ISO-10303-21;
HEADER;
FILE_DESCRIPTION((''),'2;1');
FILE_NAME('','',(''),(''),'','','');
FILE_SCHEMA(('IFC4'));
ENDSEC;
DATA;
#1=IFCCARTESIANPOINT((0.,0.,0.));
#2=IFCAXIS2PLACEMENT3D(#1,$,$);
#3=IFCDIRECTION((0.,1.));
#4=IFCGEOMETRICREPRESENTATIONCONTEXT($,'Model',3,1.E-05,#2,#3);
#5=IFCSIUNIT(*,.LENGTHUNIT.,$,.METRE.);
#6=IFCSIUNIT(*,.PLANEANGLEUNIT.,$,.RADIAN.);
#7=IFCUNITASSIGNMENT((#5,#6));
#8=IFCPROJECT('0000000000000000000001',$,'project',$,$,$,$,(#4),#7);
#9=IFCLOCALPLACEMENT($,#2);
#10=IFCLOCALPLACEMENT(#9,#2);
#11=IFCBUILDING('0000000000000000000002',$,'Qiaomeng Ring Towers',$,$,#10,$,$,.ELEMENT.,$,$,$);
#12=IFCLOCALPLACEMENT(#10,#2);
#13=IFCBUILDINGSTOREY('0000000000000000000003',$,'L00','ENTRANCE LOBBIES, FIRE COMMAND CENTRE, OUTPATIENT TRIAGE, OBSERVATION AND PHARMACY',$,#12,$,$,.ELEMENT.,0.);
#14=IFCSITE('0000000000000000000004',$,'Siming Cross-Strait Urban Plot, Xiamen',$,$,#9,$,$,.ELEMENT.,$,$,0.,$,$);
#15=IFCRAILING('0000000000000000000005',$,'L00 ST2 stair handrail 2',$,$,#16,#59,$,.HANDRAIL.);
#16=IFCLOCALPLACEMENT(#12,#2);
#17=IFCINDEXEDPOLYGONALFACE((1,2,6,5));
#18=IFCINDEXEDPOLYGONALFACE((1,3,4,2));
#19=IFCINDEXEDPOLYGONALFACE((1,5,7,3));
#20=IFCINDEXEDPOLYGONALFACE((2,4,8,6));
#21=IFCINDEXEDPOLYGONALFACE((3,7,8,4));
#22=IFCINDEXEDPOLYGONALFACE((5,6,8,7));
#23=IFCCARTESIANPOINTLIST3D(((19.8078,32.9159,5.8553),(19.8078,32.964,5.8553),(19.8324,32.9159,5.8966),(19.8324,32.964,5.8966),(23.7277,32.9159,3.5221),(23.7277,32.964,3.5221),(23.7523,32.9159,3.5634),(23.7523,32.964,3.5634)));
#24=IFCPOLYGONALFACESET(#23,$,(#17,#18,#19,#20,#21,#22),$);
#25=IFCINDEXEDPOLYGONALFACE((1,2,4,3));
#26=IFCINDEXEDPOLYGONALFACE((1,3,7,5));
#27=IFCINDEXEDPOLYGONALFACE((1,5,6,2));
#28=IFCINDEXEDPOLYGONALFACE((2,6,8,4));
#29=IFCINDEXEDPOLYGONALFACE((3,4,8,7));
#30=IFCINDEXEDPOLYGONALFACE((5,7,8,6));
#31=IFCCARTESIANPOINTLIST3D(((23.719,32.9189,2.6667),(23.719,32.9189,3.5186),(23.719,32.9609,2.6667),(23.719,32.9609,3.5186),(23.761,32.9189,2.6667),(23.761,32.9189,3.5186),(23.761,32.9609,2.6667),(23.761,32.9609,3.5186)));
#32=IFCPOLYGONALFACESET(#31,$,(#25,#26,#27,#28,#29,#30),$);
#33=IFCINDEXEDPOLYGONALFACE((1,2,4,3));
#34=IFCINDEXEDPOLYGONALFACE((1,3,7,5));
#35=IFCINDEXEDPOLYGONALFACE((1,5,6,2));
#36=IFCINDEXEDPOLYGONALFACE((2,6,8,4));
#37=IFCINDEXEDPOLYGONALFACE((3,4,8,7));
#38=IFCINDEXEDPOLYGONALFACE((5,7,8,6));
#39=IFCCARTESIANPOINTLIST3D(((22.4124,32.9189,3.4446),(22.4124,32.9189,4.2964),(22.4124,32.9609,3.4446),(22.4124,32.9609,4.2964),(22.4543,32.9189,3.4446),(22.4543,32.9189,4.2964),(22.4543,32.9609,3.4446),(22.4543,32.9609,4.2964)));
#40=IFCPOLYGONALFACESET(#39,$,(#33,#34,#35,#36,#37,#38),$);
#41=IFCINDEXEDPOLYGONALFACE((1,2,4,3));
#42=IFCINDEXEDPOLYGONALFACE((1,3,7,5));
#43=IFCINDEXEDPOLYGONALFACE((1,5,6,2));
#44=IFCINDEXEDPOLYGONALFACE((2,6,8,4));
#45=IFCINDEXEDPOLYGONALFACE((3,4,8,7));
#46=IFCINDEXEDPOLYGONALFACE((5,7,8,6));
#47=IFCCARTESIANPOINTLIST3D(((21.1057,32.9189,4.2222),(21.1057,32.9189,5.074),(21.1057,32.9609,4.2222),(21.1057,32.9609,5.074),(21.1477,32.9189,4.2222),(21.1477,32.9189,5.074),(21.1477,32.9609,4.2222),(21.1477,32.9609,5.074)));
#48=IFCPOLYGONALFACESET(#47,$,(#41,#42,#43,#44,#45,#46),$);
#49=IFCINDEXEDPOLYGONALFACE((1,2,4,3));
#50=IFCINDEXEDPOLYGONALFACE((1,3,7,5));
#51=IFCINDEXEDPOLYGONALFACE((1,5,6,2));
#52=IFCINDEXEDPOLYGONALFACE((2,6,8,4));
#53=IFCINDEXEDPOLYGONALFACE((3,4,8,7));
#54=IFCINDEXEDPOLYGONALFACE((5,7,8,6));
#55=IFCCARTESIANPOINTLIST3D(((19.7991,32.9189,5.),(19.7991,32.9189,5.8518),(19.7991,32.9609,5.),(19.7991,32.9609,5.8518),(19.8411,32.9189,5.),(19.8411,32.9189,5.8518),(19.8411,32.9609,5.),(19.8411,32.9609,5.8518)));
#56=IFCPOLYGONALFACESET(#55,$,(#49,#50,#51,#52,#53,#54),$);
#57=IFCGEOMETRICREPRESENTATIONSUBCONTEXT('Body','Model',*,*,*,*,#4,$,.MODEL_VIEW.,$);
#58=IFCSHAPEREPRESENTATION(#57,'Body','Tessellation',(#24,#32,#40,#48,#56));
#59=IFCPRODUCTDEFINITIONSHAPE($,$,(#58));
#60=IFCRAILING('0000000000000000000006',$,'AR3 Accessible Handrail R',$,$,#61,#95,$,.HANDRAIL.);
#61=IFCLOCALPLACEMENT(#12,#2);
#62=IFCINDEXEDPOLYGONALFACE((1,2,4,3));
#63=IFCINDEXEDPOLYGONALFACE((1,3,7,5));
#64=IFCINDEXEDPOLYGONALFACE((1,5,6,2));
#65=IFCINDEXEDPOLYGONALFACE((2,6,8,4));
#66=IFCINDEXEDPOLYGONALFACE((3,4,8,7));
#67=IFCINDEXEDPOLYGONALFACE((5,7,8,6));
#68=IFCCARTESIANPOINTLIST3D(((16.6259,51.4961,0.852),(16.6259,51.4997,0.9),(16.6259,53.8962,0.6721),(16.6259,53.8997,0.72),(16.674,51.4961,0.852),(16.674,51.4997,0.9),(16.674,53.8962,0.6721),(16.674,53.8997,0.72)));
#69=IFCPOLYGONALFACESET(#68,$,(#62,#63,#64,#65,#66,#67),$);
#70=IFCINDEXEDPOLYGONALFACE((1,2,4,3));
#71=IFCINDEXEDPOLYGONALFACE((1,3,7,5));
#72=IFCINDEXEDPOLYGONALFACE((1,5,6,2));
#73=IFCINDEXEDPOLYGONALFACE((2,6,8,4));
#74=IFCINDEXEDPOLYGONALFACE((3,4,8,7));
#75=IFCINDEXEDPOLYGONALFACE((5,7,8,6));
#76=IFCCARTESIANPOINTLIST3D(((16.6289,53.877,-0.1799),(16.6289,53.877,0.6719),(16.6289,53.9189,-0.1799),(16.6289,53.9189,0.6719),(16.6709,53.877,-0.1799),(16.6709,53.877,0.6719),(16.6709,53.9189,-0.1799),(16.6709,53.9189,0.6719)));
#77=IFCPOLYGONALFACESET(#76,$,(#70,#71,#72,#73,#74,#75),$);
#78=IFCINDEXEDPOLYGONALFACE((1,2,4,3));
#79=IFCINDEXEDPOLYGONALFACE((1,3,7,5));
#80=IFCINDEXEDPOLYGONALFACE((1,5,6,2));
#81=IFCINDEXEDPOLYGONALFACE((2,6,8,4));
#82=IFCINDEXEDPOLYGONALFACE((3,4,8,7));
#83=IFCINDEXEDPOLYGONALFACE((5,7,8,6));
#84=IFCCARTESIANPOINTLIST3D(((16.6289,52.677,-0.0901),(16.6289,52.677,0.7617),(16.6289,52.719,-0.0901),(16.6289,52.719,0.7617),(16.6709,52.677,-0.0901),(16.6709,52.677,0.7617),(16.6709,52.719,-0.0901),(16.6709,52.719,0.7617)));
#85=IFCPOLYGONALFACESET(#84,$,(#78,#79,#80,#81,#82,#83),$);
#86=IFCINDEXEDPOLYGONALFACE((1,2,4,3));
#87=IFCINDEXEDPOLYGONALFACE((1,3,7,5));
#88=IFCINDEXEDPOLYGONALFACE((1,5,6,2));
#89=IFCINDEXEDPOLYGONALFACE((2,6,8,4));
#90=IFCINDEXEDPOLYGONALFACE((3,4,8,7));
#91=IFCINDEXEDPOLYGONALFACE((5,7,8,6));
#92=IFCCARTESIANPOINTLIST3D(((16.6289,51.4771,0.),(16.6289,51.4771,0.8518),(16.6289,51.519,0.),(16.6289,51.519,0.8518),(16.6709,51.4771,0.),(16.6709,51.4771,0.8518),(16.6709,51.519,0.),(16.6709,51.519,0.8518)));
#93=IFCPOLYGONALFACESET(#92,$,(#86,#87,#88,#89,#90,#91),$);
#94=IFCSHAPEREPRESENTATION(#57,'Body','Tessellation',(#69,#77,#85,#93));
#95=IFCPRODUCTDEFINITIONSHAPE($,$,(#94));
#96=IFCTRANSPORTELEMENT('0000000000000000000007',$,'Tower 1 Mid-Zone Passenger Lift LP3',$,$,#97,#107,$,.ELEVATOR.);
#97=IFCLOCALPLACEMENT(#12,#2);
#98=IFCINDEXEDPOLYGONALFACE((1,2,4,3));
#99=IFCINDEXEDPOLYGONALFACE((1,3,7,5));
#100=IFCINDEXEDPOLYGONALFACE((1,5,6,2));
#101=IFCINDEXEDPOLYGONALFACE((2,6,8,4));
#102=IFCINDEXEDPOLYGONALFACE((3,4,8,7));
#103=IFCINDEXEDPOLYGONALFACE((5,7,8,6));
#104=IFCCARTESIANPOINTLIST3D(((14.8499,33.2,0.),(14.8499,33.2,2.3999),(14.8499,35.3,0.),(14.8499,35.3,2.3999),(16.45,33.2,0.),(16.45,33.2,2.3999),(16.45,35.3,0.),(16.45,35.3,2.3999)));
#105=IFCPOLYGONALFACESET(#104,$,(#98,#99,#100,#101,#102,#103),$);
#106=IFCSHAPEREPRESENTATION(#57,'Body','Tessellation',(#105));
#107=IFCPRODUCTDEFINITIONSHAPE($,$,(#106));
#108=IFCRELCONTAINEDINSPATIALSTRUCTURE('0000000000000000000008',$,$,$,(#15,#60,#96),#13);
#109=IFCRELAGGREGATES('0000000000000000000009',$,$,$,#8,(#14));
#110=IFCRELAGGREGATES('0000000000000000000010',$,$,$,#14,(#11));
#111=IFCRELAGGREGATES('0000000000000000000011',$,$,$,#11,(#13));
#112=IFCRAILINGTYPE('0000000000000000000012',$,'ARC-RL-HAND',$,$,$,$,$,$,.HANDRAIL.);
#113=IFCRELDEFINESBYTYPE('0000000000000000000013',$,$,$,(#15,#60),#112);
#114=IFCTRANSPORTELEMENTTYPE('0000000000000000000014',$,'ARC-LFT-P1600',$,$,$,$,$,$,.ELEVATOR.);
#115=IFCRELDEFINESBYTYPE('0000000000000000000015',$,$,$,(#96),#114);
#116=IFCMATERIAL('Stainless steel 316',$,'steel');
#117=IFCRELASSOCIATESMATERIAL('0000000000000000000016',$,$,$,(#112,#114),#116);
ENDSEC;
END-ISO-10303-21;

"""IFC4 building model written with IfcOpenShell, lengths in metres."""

from ifc_helpers import new_model, si_unit, direction, frame, origin, origin_2d, place, context, subcontext, project, spatial, rectangle, extrude, source, transform, mapped, material, type_object, element, save


model = new_model("IFC4")

# Units and contexts
model_context = context("Model", 3, precision=1e-05, world=origin(), true_north=direction((0.0, 1.0)))
body_context = subcontext(model_context, "Body", "Model", "MODEL_VIEW")
ifc_project = project(units=[si_unit("LENGTHUNIT", "METRE"), si_unit("PLANEANGLEUNIT", "RADIAN")], contexts=[model_context])

# Site, building, storey
site_placement = place(None, origin())
site = spatial("IfcSite", under=ifc_project, at=site_placement, Name="Siming Cross-Strait Urban Plot, Xiamen", CompositionType="ELEMENT", RefElevation=0.0)
building_placement = place(site_placement, origin())
building = spatial("IfcBuilding", under=site, at=building_placement, Name="Qiaomeng Ring Towers", CompositionType="ELEMENT")
storey_placement = place(building_placement, origin())
storey = spatial("IfcBuildingStorey", under=building, at=storey_placement, Name="L00", Description="ENTRANCE LOBBIES, FIRE COMMAND CENTRE, OUTPATIENT TRIAGE, OBSERVATION AND PHARMACY", CompositionType="ELEMENT", Elevation=0.0)

# Railings
ifc_material_1 = material(Name="Stainless steel 316", Category="steel")
railing_type = type_object("IfcRailingType", Name="ARC-RL-HAND", PredefinedType="HANDRAIL", material=ifc_material_1)
for number, where, name in (
    (1, (23.74, 32.9399, 2.6667), "L00 ST2 stair handrail 2"),
):
    element("IfcRailing", number, at=place(storey_placement, frame(where)), inside=storey, type_object=railing_type, Name=name, PredefinedType="HANDRAIL", context=body_context, shape_type="SweptSolid", body=[
        extrude(rectangle(XDim=0.0481, YDim=0.0481, at=origin_2d()), frame((0.0, 0.0, 0.876), z_axis=(-0.859296, 0.0, 0.511478), x_axis=(0.0, -1.0, 0.0)), (0.0, 0.0, 1.0), 4.5618),
        extrude(rectangle(XDim=0.042, YDim=0.042, at=origin_2d()), origin(), (0.0, 0.0, 1.0), 0.8518),
        extrude(rectangle(XDim=0.042, YDim=0.042, at=origin_2d()), frame((-1.3066, 0.0, 0.7778)), (0.0, 0.0, 1.0), 0.8518),
        extrude(rectangle(XDim=0.042, YDim=0.042, at=origin_2d()), frame((-2.6133, 0.0, 1.5554)), (0.0, 0.0, 1.0), 0.8518),
        extrude(rectangle(XDim=0.042, YDim=0.042, at=origin_2d()), frame((-3.9199, 0.0, 2.3333)), (0.0, 0.0, 1.0), 0.8518),
    ])
railing_placement = place(storey_placement, frame((16.6499, 53.8979, -0.1799)))
element("IfcRailing", 2, at=railing_placement, inside=storey, type_object=railing_type, Name="AR3 Accessible Handrail R", PredefinedType="HANDRAIL", context=body_context, shape_type="SweptSolid", body=[
    extrude(rectangle(XDim=0.0481, YDim=0.0481, at=origin_2d()), frame((0.0, 0.0, 0.876), z_axis=(0.0, -0.997201, 0.074765), x_axis=(1.0, 0.0, 0.0)), (0.0, 0.0, 1.0), 2.4067),
    extrude(rectangle(XDim=0.042, YDim=0.042, at=origin_2d()), origin(), (0.0, 0.0, 1.0), 0.8518),
    extrude(rectangle(XDim=0.042, YDim=0.042, at=origin_2d()), frame((0.0, -1.2, 0.0898)), (0.0, 0.0, 1.0), 0.8518),
    extrude(rectangle(XDim=0.042, YDim=0.042, at=origin_2d()), frame((0.0, -2.3999, 0.1799)), (0.0, 0.0, 1.0), 0.8518),
])

# Transport element
transport_element_type = type_object("IfcTransportElementType", Name="ARC-LFT-P1600", PredefinedType="ELEVATOR", material=ifc_material_1)
shared_shape_1 = source(origin(), body_context, "Body", "SweptSolid", [
    extrude(rectangle(XDim=1.6001, YDim=2.1001, at=origin_2d()), origin(), (0.0, 0.0, 1.0), 2.3999),
])
transport_element_placement = place(storey_placement, frame((15.6499, 34.25, 0.0), z_axis=(0.0, 0.0, 1.0), x_axis=(1.0, 0.0, 0.0)))
element("IfcTransportElement", 3, at=transport_element_placement, inside=storey, type_object=transport_element_type, Name="Tower 1 Mid-Zone Passenger Lift LP3", PredefinedType="ELEVATOR", context=body_context, shape_type="MappedRepresentation", body=[
    mapped(shared_shape_1, transform((0.0, 0.0, 0.0), x_axis=(1.0, 0.0, 0.0), y_axis=(0.0, 1.0, 0.0), z_axis=(0.0, 0.0, 1.0), scale=1.0)),
])

save(model, "model.ifc")
